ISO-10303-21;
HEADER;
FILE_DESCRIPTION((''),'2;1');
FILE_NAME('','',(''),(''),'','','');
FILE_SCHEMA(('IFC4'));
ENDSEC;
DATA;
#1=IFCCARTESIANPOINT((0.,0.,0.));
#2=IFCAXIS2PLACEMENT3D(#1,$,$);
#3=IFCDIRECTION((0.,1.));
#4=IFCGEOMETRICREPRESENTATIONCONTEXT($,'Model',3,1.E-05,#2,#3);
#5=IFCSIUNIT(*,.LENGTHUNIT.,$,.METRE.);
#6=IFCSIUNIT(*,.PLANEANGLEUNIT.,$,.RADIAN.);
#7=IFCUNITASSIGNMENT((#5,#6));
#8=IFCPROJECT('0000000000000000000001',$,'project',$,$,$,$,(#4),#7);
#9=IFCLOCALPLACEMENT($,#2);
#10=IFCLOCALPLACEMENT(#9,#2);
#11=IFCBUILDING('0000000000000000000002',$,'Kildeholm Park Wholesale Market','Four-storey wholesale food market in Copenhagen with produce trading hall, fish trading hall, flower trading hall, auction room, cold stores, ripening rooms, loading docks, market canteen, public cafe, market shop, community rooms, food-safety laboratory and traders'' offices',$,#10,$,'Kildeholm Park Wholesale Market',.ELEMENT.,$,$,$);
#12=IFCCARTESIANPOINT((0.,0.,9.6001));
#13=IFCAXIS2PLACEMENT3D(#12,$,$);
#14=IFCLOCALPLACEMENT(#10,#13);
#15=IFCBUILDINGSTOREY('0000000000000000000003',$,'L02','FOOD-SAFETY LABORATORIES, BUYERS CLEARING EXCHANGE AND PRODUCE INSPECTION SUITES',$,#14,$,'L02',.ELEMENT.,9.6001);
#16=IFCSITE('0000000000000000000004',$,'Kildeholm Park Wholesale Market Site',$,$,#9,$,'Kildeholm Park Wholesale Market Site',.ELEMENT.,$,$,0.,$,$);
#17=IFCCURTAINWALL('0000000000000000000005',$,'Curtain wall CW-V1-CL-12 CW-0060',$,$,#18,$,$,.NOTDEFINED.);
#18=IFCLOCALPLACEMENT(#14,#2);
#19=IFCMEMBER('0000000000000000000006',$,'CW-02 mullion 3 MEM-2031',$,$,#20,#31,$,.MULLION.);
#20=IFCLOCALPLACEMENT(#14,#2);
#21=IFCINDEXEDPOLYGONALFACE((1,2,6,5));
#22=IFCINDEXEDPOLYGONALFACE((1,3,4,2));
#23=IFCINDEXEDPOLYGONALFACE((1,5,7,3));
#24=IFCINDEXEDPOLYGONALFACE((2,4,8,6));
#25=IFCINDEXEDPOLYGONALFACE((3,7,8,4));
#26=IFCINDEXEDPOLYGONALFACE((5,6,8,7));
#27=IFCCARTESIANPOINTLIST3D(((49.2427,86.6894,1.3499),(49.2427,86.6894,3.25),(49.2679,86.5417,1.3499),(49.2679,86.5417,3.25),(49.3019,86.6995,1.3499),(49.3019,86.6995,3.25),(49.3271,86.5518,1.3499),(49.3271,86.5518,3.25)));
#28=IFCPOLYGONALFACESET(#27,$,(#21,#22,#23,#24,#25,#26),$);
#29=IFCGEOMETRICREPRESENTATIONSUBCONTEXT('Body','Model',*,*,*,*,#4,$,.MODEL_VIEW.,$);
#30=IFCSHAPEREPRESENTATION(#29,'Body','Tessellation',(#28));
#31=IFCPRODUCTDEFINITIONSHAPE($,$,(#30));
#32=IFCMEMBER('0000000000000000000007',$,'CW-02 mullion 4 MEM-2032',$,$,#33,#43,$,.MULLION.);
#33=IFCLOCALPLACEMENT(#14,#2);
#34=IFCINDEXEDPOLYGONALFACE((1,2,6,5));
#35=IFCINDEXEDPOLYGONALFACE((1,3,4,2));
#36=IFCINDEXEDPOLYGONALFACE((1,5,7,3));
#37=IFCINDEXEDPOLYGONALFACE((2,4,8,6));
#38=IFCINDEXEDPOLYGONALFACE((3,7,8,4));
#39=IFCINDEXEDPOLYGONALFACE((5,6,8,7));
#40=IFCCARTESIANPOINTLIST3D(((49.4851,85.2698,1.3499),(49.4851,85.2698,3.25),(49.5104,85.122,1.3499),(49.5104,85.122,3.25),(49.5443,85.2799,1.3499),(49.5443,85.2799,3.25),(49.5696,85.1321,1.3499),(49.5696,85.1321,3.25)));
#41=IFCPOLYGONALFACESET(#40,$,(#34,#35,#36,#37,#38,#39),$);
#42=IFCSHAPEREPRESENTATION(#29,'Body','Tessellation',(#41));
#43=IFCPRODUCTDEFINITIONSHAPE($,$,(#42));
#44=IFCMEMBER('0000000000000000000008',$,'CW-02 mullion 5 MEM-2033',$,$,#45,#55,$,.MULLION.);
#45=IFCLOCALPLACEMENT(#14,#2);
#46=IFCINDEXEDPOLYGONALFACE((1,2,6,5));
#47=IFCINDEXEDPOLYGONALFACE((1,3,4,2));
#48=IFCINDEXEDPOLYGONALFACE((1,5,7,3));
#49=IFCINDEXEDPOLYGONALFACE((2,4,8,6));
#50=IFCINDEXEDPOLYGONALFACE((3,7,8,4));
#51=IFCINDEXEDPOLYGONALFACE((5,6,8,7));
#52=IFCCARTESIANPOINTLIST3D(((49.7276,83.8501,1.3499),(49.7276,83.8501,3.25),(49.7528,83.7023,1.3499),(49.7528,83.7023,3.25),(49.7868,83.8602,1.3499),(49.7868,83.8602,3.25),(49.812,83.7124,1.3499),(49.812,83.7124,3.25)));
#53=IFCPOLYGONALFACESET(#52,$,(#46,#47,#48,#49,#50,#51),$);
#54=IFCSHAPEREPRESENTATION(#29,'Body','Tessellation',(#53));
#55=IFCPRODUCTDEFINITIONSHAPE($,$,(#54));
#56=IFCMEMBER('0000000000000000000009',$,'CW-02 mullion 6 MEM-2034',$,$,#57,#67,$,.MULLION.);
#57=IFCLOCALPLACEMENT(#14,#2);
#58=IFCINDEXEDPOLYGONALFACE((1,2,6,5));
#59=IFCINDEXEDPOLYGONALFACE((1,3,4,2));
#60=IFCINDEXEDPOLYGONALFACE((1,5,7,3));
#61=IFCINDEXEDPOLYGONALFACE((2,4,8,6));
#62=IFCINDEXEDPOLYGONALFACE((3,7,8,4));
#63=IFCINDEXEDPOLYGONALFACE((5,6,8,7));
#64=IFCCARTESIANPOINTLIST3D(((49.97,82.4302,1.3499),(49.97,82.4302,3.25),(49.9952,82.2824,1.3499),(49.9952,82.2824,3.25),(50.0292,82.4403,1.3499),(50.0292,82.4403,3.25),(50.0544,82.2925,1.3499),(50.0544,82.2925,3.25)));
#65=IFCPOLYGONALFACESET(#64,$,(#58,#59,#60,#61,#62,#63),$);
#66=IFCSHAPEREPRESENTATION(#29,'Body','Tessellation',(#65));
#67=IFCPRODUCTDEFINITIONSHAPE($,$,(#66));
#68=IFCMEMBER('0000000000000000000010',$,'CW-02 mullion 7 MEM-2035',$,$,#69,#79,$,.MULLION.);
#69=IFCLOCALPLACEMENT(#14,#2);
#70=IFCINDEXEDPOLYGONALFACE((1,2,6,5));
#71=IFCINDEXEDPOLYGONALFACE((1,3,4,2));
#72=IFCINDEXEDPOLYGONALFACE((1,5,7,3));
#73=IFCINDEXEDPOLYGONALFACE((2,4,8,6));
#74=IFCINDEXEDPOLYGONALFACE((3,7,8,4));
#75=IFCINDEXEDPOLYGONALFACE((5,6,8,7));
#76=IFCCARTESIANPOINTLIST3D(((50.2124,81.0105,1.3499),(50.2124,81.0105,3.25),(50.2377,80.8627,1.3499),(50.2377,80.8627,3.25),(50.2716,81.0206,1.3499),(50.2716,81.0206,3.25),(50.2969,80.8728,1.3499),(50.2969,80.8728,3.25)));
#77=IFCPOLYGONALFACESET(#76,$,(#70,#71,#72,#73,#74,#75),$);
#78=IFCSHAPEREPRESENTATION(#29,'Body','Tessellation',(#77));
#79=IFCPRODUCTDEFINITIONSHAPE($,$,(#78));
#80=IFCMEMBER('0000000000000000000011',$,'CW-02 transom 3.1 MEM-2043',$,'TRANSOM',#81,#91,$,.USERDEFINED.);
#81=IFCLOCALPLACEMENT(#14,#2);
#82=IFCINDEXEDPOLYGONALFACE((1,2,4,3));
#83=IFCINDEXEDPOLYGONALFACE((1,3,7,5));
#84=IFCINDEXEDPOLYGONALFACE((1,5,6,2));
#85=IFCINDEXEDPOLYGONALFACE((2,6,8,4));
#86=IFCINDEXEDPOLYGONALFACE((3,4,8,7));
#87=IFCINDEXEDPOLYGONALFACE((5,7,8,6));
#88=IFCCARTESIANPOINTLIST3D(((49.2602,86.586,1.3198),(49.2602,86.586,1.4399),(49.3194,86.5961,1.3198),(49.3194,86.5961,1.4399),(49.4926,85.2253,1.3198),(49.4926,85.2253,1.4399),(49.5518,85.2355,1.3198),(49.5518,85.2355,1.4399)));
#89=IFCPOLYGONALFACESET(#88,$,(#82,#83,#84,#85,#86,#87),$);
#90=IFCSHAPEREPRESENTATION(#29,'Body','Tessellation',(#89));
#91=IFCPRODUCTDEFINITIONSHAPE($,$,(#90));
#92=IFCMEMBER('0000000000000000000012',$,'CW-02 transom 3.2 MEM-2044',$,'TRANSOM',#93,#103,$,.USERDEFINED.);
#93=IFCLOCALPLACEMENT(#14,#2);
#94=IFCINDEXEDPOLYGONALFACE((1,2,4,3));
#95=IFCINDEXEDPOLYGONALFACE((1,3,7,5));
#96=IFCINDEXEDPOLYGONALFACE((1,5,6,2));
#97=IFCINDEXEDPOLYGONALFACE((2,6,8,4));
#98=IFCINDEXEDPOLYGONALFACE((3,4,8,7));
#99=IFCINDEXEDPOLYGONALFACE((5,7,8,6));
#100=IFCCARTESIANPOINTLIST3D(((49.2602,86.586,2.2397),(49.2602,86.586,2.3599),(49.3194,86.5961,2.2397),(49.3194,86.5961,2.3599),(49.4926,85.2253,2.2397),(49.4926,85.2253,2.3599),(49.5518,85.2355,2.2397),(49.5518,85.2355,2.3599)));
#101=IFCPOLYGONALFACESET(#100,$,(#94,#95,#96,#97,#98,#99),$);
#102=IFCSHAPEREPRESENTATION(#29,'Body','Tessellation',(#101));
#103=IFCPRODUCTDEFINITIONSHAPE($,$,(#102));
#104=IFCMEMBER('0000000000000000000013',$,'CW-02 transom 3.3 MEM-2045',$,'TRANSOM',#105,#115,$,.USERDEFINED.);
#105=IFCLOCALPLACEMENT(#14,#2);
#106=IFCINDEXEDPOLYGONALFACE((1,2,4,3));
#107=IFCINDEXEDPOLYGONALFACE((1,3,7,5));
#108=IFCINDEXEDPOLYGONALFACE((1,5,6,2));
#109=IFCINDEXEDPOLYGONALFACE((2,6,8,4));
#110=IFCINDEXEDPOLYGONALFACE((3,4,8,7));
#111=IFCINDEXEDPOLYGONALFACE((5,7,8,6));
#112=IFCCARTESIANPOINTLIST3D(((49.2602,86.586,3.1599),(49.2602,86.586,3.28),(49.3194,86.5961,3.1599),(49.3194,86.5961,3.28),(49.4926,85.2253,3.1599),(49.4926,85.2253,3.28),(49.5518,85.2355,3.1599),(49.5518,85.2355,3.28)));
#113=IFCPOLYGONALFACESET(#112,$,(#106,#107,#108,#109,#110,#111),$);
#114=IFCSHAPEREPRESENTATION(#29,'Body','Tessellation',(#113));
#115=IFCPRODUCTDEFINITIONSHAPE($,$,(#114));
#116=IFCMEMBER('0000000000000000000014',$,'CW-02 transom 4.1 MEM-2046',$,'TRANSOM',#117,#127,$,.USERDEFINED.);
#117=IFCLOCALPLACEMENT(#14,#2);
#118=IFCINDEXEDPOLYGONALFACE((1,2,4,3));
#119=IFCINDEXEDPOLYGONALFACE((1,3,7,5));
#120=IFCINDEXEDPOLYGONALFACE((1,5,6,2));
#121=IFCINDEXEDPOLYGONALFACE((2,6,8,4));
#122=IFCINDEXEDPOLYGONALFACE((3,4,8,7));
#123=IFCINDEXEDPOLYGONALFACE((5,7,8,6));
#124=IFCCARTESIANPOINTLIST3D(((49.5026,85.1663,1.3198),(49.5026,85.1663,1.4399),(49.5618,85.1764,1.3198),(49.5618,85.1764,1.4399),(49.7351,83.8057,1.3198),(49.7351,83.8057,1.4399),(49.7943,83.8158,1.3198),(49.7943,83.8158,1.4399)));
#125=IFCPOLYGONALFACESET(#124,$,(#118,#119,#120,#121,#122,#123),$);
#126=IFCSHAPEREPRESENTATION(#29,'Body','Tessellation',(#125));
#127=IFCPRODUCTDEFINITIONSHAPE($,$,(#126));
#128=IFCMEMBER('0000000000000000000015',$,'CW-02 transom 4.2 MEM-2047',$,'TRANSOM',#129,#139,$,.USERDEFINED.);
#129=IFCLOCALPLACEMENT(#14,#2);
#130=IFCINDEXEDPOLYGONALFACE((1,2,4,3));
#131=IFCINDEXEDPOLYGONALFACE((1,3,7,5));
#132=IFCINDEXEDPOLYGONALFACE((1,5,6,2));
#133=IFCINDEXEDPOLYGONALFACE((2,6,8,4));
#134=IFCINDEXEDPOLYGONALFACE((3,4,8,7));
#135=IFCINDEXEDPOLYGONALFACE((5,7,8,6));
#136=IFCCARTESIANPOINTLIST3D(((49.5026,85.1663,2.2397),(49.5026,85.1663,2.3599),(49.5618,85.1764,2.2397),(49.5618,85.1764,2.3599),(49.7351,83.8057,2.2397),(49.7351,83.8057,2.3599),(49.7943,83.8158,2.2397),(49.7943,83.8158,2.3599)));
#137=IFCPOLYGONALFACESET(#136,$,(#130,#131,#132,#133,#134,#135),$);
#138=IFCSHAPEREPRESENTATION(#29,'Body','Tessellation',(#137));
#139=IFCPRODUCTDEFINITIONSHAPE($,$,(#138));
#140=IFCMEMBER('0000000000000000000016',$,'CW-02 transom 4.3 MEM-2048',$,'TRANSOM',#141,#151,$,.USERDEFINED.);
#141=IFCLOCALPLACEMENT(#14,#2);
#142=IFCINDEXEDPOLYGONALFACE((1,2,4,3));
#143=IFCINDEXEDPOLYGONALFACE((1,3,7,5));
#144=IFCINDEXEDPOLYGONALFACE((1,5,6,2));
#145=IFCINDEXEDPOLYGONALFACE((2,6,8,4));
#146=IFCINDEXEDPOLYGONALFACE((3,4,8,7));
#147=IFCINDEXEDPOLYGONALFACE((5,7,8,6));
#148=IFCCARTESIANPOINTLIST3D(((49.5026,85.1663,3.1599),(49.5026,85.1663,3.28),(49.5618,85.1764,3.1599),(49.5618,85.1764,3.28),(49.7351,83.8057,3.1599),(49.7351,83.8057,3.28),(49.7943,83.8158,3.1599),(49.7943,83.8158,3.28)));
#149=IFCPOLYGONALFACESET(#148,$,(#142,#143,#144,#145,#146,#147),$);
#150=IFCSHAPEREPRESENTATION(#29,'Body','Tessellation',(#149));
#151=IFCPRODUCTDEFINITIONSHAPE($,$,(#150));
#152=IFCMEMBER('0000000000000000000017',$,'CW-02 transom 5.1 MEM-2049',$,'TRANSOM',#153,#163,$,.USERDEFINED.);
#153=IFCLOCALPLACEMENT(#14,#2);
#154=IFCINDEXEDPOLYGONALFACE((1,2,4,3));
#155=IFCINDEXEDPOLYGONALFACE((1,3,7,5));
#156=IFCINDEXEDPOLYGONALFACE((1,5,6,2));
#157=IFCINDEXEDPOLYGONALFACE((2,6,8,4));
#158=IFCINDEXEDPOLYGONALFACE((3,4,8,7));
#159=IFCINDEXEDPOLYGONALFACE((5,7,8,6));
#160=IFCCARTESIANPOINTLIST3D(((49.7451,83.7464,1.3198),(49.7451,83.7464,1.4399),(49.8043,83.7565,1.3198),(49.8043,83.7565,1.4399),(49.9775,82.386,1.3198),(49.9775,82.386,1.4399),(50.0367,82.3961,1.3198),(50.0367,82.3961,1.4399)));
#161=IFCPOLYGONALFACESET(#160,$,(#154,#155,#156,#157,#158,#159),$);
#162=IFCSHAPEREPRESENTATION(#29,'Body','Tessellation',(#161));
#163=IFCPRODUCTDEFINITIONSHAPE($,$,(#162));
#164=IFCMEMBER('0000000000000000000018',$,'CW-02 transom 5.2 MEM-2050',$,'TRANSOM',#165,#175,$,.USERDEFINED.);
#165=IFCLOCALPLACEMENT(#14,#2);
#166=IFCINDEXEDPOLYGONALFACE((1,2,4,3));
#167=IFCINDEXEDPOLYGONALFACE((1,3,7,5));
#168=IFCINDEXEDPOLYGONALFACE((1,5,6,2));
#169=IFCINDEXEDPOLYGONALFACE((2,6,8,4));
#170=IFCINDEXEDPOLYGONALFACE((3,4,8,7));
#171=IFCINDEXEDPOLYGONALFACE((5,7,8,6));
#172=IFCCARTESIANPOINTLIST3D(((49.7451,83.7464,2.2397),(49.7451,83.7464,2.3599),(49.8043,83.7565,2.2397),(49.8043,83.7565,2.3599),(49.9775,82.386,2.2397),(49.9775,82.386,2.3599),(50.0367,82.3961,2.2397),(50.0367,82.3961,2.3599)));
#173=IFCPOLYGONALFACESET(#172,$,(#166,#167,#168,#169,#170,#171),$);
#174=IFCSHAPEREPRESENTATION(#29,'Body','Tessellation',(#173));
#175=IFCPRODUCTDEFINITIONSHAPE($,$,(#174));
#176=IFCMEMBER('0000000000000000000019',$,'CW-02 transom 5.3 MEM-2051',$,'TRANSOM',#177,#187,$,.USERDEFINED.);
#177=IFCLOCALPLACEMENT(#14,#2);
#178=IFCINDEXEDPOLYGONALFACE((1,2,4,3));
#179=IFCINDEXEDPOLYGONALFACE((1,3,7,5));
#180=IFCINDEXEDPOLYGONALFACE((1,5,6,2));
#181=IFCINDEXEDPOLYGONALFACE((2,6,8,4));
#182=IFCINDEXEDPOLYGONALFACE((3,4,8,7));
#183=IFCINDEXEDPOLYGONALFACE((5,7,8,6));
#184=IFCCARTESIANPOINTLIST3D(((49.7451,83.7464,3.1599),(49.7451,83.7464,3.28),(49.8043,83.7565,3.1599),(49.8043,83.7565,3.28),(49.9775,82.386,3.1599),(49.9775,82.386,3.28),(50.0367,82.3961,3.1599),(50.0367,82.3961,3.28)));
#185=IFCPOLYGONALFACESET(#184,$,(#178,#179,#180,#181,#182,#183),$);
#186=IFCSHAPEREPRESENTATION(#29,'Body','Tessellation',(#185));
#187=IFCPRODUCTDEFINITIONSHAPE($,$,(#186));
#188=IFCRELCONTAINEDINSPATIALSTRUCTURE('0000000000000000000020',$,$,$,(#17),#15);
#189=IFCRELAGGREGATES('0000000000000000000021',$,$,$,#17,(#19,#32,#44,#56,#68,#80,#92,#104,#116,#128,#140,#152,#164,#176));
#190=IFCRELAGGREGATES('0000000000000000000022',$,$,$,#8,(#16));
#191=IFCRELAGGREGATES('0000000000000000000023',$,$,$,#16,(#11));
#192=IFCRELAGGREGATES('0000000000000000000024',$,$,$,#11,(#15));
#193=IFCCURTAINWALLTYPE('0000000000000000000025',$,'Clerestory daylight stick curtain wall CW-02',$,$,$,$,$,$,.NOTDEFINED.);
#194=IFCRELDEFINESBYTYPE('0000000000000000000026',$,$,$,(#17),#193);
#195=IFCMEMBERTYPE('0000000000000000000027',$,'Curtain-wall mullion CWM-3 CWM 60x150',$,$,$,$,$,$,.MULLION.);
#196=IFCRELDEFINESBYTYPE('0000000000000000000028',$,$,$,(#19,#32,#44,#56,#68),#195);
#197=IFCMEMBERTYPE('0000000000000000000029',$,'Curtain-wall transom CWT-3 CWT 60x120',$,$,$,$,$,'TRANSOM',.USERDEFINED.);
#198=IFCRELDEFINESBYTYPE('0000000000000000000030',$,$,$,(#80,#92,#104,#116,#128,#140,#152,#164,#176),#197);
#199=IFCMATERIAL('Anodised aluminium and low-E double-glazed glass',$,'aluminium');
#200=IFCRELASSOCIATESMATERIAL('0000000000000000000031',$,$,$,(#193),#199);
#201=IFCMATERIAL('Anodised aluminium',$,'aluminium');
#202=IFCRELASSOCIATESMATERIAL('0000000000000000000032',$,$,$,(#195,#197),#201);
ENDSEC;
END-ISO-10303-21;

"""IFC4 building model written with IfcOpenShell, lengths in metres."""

from ifc_helpers import new_model, si_unit, direction, frame, origin, origin_2d, place, context, subcontext, project, spatial, rectangle, extrude, material, material_profile, profile_set, type_object, element, aggregate, save


model = new_model("IFC4")

# Units and contexts
model_context = context("Model", 3, precision=1e-05, world=origin(), true_north=direction((0.0, 1.0)))
body_context = subcontext(model_context, "Body", "Model", "MODEL_VIEW")
ifc_project = project(units=[si_unit("LENGTHUNIT", "METRE"), si_unit("PLANEANGLEUNIT", "RADIAN")], contexts=[model_context])

# Site, building, storey
site_placement = place(None, origin())
site = spatial("IfcSite", under=ifc_project, at=site_placement, Name="Kildeholm Park Wholesale Market Site", LongName="Kildeholm Park Wholesale Market Site", CompositionType="ELEMENT", RefElevation=0.0)
building_placement = place(site_placement, origin())
building = spatial("IfcBuilding", under=site, at=building_placement, Name="Kildeholm Park Wholesale Market", Description="Four-storey wholesale food market in Copenhagen with produce trading hall, fish trading hall, flower trading hall, auction room, cold stores, ripening rooms, loading docks, market canteen, public cafe, market shop, community rooms, food-safety laboratory and traders' offices", LongName="Kildeholm Park Wholesale Market", CompositionType="ELEMENT")
storey_placement = place(building_placement, frame((0.0, 0.0, 9.6001)))
storey = spatial("IfcBuildingStorey", under=building, at=storey_placement, Name="L02", Description="FOOD-SAFETY LABORATORIES, BUYERS CLEARING EXCHANGE AND PRODUCE INSPECTION SUITES", LongName="L02", CompositionType="ELEMENT", Elevation=9.6001)

# Curtain wall, members
ifc_material_1 = material(Name="Anodised aluminium and low-E double-glazed glass", Category="aluminium")
curtain_wall_type = type_object("IfcCurtainWallType", Name="Clerestory daylight stick curtain wall CW-02", PredefinedType="NOTDEFINED", material=ifc_material_1)
curtain_wall_placement = place(storey_placement, origin())
curtain_wall = element("IfcCurtainWall", 1, at=curtain_wall_placement, inside=storey, type_object=curtain_wall_type, Name="Curtain wall CW-V1-CL-12 CW-0060", PredefinedType="NOTDEFINED")
ifc_material_2 = material(Name="Anodised aluminium", Category="aluminium")
ifc_material_profile_1 = material_profile(ifc_material_2, rectangle(XDim=0.0601, YDim=0.1499, at=origin_2d()), Name="CWM 60x150")
ifc_profile_set_1 = profile_set([ifc_material_profile_1], Name="Anodised aluminium")
member_type_1 = type_object("IfcMemberType", Name="Curtain-wall mullion CWM-3 CWM 60x150", PredefinedType="MULLION", material=ifc_profile_set_1)
member_1_placement = place(storey_placement, frame((49.2849, 86.6206, 1.3499), z_axis=(0.0, 0.0, 1.0), x_axis=(0.985732, 0.168322, 0.0)))
member_1 = element("IfcMember", 2, at=member_1_placement, type_object=member_type_1, Name="CW-02 mullion 3 MEM-2031", PredefinedType="MULLION", context=body_context, shape_type="SweptSolid", body=[
    extrude(rectangle(XDim=0.0601, YDim=0.1499, at=origin_2d()), origin(), (0.0, 0.0, 1.0), 1.9001),
])
member_2_placement = place(storey_placement, frame((49.5273, 85.2009, 1.3499), z_axis=(0.0, 0.0, 1.0), x_axis=(0.985732, 0.168322, 0.0)))
member_2 = element("IfcMember", 3, at=member_2_placement, type_object=member_type_1, Name="CW-02 mullion 4 MEM-2032", PredefinedType="MULLION", context=body_context, shape_type="SweptSolid", body=[
    extrude(rectangle(XDim=0.0601, YDim=0.1499, at=origin_2d()), origin(), (0.0, 0.0, 1.0), 1.9001),
])
member_3_placement = place(storey_placement, frame((49.7698, 83.7812, 1.3499), z_axis=(0.0, 0.0, 1.0), x_axis=(0.985732, 0.168322, 0.0)))
member_3 = element("IfcMember", 4, at=member_3_placement, type_object=member_type_1, Name="CW-02 mullion 5 MEM-2033", PredefinedType="MULLION", context=body_context, shape_type="SweptSolid", body=[
    extrude(rectangle(XDim=0.0601, YDim=0.1499, at=origin_2d()), origin(), (0.0, 0.0, 1.0), 1.9001),
])
member_4_placement = place(storey_placement, frame((50.0122, 82.3613, 1.3499), z_axis=(0.0, 0.0, 1.0), x_axis=(0.985732, 0.168322, 0.0)))
member_4 = element("IfcMember", 5, at=member_4_placement, type_object=member_type_1, Name="CW-02 mullion 6 MEM-2034", PredefinedType="MULLION", context=body_context, shape_type="SweptSolid", body=[
    extrude(rectangle(XDim=0.0601, YDim=0.1499, at=origin_2d()), origin(), (0.0, 0.0, 1.0), 1.9001),
])
member_5_placement = place(storey_placement, frame((50.2546, 80.9417, 1.3499), z_axis=(0.0, 0.0, 1.0), x_axis=(0.985732, 0.168322, 0.0)))
member_5 = element("IfcMember", 6, at=member_5_placement, type_object=member_type_1, Name="CW-02 mullion 7 MEM-2035", PredefinedType="MULLION", context=body_context, shape_type="SweptSolid", body=[
    extrude(rectangle(XDim=0.0601, YDim=0.1499, at=origin_2d()), origin(), (0.0, 0.0, 1.0), 1.9001),
])
ifc_material_profile_2 = material_profile(ifc_material_2, rectangle(XDim=0.0601, YDim=0.1201, at=origin_2d()), Name="CWT 60x120")
ifc_profile_set_2 = profile_set([ifc_material_profile_2], Name="Anodised aluminium")
member_type_2 = type_object("IfcMemberType", Name="Curtain-wall transom CWT-3 CWT 60x120", ElementType="TRANSOM", PredefinedType="USERDEFINED", material=ifc_profile_set_2)
member_6_placement = place(storey_placement, frame((49.2898, 86.5911, 1.3799), z_axis=(0.168384, -0.985721, 0.0), x_axis=(0.985721, 0.168384, 0.0)))
member_6 = element("IfcMember", 7, at=member_6_placement, type_object=member_type_2, Name="CW-02 transom 3.1 MEM-2043", ObjectType="TRANSOM", PredefinedType="USERDEFINED", context=body_context, shape_type="SweptSolid", body=[
    extrude(rectangle(XDim=0.0601, YDim=0.1201, at=origin_2d()), origin(), (0.0, 0.0, 1.0), 1.3804),
])
member_7_placement = place(storey_placement, frame((49.2898, 86.5911, 2.2998), z_axis=(0.168384, -0.985721, 0.0), x_axis=(0.985721, 0.168384, 0.0)))
member_7 = element("IfcMember", 8, at=member_7_placement, type_object=member_type_2, Name="CW-02 transom 3.2 MEM-2044", ObjectType="TRANSOM", PredefinedType="USERDEFINED", context=body_context, shape_type="SweptSolid", body=[
    extrude(rectangle(XDim=0.0601, YDim=0.1201, at=origin_2d()), origin(), (0.0, 0.0, 1.0), 1.3804),
])
member_8_placement = place(storey_placement, frame((49.2898, 86.5911, 3.22), z_axis=(0.168384, -0.985721, 0.0), x_axis=(0.985721, 0.168384, 0.0)))
member_8 = element("IfcMember", 9, at=member_8_placement, type_object=member_type_2, Name="CW-02 transom 3.3 MEM-2045", ObjectType="TRANSOM", PredefinedType="USERDEFINED", context=body_context, shape_type="SweptSolid", body=[
    extrude(rectangle(XDim=0.0601, YDim=0.1201, at=origin_2d()), origin(), (0.0, 0.0, 1.0), 1.3804),
])
member_9_placement = place(storey_placement, frame((49.5322, 85.1714, 1.3799), z_axis=(0.168384, -0.985721, 0.0), x_axis=(0.985721, 0.168384, 0.0)))
member_9 = element("IfcMember", 10, at=member_9_placement, type_object=member_type_2, Name="CW-02 transom 4.1 MEM-2046", ObjectType="TRANSOM", PredefinedType="USERDEFINED", context=body_context, shape_type="SweptSolid", body=[
    extrude(rectangle(XDim=0.0601, YDim=0.1201, at=origin_2d()), origin(), (0.0, 0.0, 1.0), 1.3804),
])
member_10_placement = place(storey_placement, frame((49.5322, 85.1714, 2.2998), z_axis=(0.168384, -0.985721, 0.0), x_axis=(0.985721, 0.168384, 0.0)))
member_10 = element("IfcMember", 11, at=member_10_placement, type_object=member_type_2, Name="CW-02 transom 4.2 MEM-2047", ObjectType="TRANSOM", PredefinedType="USERDEFINED", context=body_context, shape_type="SweptSolid", body=[
    extrude(rectangle(XDim=0.0601, YDim=0.1201, at=origin_2d()), origin(), (0.0, 0.0, 1.0), 1.3804),
])
member_11_placement = place(storey_placement, frame((49.5322, 85.1714, 3.22), z_axis=(0.168384, -0.985721, 0.0), x_axis=(0.985721, 0.168384, 0.0)))
member_11 = element("IfcMember", 12, at=member_11_placement, type_object=member_type_2, Name="CW-02 transom 4.3 MEM-2048", ObjectType="TRANSOM", PredefinedType="USERDEFINED", context=body_context, shape_type="SweptSolid", body=[
    extrude(rectangle(XDim=0.0601, YDim=0.1201, at=origin_2d()), origin(), (0.0, 0.0, 1.0), 1.3804),
])
member_12_placement = place(storey_placement, frame((49.7747, 83.7515, 1.3799), z_axis=(0.168414, -0.985716, 0.0), x_axis=(0.985716, 0.168414, 0.0)))
member_12 = element("IfcMember", 13, at=member_12_placement, type_object=member_type_2, Name="CW-02 transom 5.1 MEM-2049", ObjectType="TRANSOM", PredefinedType="USERDEFINED", context=body_context, shape_type="SweptSolid", body=[
    extrude(rectangle(XDim=0.0601, YDim=0.1201, at=origin_2d()), origin(), (0.0, 0.0, 1.0), 1.3801),
])
member_13_placement = place(storey_placement, frame((49.7747, 83.7515, 2.2998), z_axis=(0.168414, -0.985716, 0.0), x_axis=(0.985716, 0.168414, 0.0)))
member_13 = element("IfcMember", 14, at=member_13_placement, type_object=member_type_2, Name="CW-02 transom 5.2 MEM-2050", ObjectType="TRANSOM", PredefinedType="USERDEFINED", context=body_context, shape_type="SweptSolid", body=[
    extrude(rectangle(XDim=0.0601, YDim=0.1201, at=origin_2d()), origin(), (0.0, 0.0, 1.0), 1.3801),
])
member_14_placement = place(storey_placement, frame((49.7747, 83.7515, 3.22), z_axis=(0.168414, -0.985716, 0.0), x_axis=(0.985716, 0.168414, 0.0)))
member_14 = element("IfcMember", 15, at=member_14_placement, type_object=member_type_2, Name="CW-02 transom 5.3 MEM-2051", ObjectType="TRANSOM", PredefinedType="USERDEFINED", context=body_context, shape_type="SweptSolid", body=[
    extrude(rectangle(XDim=0.0601, YDim=0.1201, at=origin_2d()), origin(), (0.0, 0.0, 1.0), 1.3801),
])
aggregate(curtain_wall, [member_1, member_2, member_3, member_4, member_5, member_6, member_7, member_8, member_9, member_10, member_11, member_12, member_13, member_14])

save(model, "model.ifc")
